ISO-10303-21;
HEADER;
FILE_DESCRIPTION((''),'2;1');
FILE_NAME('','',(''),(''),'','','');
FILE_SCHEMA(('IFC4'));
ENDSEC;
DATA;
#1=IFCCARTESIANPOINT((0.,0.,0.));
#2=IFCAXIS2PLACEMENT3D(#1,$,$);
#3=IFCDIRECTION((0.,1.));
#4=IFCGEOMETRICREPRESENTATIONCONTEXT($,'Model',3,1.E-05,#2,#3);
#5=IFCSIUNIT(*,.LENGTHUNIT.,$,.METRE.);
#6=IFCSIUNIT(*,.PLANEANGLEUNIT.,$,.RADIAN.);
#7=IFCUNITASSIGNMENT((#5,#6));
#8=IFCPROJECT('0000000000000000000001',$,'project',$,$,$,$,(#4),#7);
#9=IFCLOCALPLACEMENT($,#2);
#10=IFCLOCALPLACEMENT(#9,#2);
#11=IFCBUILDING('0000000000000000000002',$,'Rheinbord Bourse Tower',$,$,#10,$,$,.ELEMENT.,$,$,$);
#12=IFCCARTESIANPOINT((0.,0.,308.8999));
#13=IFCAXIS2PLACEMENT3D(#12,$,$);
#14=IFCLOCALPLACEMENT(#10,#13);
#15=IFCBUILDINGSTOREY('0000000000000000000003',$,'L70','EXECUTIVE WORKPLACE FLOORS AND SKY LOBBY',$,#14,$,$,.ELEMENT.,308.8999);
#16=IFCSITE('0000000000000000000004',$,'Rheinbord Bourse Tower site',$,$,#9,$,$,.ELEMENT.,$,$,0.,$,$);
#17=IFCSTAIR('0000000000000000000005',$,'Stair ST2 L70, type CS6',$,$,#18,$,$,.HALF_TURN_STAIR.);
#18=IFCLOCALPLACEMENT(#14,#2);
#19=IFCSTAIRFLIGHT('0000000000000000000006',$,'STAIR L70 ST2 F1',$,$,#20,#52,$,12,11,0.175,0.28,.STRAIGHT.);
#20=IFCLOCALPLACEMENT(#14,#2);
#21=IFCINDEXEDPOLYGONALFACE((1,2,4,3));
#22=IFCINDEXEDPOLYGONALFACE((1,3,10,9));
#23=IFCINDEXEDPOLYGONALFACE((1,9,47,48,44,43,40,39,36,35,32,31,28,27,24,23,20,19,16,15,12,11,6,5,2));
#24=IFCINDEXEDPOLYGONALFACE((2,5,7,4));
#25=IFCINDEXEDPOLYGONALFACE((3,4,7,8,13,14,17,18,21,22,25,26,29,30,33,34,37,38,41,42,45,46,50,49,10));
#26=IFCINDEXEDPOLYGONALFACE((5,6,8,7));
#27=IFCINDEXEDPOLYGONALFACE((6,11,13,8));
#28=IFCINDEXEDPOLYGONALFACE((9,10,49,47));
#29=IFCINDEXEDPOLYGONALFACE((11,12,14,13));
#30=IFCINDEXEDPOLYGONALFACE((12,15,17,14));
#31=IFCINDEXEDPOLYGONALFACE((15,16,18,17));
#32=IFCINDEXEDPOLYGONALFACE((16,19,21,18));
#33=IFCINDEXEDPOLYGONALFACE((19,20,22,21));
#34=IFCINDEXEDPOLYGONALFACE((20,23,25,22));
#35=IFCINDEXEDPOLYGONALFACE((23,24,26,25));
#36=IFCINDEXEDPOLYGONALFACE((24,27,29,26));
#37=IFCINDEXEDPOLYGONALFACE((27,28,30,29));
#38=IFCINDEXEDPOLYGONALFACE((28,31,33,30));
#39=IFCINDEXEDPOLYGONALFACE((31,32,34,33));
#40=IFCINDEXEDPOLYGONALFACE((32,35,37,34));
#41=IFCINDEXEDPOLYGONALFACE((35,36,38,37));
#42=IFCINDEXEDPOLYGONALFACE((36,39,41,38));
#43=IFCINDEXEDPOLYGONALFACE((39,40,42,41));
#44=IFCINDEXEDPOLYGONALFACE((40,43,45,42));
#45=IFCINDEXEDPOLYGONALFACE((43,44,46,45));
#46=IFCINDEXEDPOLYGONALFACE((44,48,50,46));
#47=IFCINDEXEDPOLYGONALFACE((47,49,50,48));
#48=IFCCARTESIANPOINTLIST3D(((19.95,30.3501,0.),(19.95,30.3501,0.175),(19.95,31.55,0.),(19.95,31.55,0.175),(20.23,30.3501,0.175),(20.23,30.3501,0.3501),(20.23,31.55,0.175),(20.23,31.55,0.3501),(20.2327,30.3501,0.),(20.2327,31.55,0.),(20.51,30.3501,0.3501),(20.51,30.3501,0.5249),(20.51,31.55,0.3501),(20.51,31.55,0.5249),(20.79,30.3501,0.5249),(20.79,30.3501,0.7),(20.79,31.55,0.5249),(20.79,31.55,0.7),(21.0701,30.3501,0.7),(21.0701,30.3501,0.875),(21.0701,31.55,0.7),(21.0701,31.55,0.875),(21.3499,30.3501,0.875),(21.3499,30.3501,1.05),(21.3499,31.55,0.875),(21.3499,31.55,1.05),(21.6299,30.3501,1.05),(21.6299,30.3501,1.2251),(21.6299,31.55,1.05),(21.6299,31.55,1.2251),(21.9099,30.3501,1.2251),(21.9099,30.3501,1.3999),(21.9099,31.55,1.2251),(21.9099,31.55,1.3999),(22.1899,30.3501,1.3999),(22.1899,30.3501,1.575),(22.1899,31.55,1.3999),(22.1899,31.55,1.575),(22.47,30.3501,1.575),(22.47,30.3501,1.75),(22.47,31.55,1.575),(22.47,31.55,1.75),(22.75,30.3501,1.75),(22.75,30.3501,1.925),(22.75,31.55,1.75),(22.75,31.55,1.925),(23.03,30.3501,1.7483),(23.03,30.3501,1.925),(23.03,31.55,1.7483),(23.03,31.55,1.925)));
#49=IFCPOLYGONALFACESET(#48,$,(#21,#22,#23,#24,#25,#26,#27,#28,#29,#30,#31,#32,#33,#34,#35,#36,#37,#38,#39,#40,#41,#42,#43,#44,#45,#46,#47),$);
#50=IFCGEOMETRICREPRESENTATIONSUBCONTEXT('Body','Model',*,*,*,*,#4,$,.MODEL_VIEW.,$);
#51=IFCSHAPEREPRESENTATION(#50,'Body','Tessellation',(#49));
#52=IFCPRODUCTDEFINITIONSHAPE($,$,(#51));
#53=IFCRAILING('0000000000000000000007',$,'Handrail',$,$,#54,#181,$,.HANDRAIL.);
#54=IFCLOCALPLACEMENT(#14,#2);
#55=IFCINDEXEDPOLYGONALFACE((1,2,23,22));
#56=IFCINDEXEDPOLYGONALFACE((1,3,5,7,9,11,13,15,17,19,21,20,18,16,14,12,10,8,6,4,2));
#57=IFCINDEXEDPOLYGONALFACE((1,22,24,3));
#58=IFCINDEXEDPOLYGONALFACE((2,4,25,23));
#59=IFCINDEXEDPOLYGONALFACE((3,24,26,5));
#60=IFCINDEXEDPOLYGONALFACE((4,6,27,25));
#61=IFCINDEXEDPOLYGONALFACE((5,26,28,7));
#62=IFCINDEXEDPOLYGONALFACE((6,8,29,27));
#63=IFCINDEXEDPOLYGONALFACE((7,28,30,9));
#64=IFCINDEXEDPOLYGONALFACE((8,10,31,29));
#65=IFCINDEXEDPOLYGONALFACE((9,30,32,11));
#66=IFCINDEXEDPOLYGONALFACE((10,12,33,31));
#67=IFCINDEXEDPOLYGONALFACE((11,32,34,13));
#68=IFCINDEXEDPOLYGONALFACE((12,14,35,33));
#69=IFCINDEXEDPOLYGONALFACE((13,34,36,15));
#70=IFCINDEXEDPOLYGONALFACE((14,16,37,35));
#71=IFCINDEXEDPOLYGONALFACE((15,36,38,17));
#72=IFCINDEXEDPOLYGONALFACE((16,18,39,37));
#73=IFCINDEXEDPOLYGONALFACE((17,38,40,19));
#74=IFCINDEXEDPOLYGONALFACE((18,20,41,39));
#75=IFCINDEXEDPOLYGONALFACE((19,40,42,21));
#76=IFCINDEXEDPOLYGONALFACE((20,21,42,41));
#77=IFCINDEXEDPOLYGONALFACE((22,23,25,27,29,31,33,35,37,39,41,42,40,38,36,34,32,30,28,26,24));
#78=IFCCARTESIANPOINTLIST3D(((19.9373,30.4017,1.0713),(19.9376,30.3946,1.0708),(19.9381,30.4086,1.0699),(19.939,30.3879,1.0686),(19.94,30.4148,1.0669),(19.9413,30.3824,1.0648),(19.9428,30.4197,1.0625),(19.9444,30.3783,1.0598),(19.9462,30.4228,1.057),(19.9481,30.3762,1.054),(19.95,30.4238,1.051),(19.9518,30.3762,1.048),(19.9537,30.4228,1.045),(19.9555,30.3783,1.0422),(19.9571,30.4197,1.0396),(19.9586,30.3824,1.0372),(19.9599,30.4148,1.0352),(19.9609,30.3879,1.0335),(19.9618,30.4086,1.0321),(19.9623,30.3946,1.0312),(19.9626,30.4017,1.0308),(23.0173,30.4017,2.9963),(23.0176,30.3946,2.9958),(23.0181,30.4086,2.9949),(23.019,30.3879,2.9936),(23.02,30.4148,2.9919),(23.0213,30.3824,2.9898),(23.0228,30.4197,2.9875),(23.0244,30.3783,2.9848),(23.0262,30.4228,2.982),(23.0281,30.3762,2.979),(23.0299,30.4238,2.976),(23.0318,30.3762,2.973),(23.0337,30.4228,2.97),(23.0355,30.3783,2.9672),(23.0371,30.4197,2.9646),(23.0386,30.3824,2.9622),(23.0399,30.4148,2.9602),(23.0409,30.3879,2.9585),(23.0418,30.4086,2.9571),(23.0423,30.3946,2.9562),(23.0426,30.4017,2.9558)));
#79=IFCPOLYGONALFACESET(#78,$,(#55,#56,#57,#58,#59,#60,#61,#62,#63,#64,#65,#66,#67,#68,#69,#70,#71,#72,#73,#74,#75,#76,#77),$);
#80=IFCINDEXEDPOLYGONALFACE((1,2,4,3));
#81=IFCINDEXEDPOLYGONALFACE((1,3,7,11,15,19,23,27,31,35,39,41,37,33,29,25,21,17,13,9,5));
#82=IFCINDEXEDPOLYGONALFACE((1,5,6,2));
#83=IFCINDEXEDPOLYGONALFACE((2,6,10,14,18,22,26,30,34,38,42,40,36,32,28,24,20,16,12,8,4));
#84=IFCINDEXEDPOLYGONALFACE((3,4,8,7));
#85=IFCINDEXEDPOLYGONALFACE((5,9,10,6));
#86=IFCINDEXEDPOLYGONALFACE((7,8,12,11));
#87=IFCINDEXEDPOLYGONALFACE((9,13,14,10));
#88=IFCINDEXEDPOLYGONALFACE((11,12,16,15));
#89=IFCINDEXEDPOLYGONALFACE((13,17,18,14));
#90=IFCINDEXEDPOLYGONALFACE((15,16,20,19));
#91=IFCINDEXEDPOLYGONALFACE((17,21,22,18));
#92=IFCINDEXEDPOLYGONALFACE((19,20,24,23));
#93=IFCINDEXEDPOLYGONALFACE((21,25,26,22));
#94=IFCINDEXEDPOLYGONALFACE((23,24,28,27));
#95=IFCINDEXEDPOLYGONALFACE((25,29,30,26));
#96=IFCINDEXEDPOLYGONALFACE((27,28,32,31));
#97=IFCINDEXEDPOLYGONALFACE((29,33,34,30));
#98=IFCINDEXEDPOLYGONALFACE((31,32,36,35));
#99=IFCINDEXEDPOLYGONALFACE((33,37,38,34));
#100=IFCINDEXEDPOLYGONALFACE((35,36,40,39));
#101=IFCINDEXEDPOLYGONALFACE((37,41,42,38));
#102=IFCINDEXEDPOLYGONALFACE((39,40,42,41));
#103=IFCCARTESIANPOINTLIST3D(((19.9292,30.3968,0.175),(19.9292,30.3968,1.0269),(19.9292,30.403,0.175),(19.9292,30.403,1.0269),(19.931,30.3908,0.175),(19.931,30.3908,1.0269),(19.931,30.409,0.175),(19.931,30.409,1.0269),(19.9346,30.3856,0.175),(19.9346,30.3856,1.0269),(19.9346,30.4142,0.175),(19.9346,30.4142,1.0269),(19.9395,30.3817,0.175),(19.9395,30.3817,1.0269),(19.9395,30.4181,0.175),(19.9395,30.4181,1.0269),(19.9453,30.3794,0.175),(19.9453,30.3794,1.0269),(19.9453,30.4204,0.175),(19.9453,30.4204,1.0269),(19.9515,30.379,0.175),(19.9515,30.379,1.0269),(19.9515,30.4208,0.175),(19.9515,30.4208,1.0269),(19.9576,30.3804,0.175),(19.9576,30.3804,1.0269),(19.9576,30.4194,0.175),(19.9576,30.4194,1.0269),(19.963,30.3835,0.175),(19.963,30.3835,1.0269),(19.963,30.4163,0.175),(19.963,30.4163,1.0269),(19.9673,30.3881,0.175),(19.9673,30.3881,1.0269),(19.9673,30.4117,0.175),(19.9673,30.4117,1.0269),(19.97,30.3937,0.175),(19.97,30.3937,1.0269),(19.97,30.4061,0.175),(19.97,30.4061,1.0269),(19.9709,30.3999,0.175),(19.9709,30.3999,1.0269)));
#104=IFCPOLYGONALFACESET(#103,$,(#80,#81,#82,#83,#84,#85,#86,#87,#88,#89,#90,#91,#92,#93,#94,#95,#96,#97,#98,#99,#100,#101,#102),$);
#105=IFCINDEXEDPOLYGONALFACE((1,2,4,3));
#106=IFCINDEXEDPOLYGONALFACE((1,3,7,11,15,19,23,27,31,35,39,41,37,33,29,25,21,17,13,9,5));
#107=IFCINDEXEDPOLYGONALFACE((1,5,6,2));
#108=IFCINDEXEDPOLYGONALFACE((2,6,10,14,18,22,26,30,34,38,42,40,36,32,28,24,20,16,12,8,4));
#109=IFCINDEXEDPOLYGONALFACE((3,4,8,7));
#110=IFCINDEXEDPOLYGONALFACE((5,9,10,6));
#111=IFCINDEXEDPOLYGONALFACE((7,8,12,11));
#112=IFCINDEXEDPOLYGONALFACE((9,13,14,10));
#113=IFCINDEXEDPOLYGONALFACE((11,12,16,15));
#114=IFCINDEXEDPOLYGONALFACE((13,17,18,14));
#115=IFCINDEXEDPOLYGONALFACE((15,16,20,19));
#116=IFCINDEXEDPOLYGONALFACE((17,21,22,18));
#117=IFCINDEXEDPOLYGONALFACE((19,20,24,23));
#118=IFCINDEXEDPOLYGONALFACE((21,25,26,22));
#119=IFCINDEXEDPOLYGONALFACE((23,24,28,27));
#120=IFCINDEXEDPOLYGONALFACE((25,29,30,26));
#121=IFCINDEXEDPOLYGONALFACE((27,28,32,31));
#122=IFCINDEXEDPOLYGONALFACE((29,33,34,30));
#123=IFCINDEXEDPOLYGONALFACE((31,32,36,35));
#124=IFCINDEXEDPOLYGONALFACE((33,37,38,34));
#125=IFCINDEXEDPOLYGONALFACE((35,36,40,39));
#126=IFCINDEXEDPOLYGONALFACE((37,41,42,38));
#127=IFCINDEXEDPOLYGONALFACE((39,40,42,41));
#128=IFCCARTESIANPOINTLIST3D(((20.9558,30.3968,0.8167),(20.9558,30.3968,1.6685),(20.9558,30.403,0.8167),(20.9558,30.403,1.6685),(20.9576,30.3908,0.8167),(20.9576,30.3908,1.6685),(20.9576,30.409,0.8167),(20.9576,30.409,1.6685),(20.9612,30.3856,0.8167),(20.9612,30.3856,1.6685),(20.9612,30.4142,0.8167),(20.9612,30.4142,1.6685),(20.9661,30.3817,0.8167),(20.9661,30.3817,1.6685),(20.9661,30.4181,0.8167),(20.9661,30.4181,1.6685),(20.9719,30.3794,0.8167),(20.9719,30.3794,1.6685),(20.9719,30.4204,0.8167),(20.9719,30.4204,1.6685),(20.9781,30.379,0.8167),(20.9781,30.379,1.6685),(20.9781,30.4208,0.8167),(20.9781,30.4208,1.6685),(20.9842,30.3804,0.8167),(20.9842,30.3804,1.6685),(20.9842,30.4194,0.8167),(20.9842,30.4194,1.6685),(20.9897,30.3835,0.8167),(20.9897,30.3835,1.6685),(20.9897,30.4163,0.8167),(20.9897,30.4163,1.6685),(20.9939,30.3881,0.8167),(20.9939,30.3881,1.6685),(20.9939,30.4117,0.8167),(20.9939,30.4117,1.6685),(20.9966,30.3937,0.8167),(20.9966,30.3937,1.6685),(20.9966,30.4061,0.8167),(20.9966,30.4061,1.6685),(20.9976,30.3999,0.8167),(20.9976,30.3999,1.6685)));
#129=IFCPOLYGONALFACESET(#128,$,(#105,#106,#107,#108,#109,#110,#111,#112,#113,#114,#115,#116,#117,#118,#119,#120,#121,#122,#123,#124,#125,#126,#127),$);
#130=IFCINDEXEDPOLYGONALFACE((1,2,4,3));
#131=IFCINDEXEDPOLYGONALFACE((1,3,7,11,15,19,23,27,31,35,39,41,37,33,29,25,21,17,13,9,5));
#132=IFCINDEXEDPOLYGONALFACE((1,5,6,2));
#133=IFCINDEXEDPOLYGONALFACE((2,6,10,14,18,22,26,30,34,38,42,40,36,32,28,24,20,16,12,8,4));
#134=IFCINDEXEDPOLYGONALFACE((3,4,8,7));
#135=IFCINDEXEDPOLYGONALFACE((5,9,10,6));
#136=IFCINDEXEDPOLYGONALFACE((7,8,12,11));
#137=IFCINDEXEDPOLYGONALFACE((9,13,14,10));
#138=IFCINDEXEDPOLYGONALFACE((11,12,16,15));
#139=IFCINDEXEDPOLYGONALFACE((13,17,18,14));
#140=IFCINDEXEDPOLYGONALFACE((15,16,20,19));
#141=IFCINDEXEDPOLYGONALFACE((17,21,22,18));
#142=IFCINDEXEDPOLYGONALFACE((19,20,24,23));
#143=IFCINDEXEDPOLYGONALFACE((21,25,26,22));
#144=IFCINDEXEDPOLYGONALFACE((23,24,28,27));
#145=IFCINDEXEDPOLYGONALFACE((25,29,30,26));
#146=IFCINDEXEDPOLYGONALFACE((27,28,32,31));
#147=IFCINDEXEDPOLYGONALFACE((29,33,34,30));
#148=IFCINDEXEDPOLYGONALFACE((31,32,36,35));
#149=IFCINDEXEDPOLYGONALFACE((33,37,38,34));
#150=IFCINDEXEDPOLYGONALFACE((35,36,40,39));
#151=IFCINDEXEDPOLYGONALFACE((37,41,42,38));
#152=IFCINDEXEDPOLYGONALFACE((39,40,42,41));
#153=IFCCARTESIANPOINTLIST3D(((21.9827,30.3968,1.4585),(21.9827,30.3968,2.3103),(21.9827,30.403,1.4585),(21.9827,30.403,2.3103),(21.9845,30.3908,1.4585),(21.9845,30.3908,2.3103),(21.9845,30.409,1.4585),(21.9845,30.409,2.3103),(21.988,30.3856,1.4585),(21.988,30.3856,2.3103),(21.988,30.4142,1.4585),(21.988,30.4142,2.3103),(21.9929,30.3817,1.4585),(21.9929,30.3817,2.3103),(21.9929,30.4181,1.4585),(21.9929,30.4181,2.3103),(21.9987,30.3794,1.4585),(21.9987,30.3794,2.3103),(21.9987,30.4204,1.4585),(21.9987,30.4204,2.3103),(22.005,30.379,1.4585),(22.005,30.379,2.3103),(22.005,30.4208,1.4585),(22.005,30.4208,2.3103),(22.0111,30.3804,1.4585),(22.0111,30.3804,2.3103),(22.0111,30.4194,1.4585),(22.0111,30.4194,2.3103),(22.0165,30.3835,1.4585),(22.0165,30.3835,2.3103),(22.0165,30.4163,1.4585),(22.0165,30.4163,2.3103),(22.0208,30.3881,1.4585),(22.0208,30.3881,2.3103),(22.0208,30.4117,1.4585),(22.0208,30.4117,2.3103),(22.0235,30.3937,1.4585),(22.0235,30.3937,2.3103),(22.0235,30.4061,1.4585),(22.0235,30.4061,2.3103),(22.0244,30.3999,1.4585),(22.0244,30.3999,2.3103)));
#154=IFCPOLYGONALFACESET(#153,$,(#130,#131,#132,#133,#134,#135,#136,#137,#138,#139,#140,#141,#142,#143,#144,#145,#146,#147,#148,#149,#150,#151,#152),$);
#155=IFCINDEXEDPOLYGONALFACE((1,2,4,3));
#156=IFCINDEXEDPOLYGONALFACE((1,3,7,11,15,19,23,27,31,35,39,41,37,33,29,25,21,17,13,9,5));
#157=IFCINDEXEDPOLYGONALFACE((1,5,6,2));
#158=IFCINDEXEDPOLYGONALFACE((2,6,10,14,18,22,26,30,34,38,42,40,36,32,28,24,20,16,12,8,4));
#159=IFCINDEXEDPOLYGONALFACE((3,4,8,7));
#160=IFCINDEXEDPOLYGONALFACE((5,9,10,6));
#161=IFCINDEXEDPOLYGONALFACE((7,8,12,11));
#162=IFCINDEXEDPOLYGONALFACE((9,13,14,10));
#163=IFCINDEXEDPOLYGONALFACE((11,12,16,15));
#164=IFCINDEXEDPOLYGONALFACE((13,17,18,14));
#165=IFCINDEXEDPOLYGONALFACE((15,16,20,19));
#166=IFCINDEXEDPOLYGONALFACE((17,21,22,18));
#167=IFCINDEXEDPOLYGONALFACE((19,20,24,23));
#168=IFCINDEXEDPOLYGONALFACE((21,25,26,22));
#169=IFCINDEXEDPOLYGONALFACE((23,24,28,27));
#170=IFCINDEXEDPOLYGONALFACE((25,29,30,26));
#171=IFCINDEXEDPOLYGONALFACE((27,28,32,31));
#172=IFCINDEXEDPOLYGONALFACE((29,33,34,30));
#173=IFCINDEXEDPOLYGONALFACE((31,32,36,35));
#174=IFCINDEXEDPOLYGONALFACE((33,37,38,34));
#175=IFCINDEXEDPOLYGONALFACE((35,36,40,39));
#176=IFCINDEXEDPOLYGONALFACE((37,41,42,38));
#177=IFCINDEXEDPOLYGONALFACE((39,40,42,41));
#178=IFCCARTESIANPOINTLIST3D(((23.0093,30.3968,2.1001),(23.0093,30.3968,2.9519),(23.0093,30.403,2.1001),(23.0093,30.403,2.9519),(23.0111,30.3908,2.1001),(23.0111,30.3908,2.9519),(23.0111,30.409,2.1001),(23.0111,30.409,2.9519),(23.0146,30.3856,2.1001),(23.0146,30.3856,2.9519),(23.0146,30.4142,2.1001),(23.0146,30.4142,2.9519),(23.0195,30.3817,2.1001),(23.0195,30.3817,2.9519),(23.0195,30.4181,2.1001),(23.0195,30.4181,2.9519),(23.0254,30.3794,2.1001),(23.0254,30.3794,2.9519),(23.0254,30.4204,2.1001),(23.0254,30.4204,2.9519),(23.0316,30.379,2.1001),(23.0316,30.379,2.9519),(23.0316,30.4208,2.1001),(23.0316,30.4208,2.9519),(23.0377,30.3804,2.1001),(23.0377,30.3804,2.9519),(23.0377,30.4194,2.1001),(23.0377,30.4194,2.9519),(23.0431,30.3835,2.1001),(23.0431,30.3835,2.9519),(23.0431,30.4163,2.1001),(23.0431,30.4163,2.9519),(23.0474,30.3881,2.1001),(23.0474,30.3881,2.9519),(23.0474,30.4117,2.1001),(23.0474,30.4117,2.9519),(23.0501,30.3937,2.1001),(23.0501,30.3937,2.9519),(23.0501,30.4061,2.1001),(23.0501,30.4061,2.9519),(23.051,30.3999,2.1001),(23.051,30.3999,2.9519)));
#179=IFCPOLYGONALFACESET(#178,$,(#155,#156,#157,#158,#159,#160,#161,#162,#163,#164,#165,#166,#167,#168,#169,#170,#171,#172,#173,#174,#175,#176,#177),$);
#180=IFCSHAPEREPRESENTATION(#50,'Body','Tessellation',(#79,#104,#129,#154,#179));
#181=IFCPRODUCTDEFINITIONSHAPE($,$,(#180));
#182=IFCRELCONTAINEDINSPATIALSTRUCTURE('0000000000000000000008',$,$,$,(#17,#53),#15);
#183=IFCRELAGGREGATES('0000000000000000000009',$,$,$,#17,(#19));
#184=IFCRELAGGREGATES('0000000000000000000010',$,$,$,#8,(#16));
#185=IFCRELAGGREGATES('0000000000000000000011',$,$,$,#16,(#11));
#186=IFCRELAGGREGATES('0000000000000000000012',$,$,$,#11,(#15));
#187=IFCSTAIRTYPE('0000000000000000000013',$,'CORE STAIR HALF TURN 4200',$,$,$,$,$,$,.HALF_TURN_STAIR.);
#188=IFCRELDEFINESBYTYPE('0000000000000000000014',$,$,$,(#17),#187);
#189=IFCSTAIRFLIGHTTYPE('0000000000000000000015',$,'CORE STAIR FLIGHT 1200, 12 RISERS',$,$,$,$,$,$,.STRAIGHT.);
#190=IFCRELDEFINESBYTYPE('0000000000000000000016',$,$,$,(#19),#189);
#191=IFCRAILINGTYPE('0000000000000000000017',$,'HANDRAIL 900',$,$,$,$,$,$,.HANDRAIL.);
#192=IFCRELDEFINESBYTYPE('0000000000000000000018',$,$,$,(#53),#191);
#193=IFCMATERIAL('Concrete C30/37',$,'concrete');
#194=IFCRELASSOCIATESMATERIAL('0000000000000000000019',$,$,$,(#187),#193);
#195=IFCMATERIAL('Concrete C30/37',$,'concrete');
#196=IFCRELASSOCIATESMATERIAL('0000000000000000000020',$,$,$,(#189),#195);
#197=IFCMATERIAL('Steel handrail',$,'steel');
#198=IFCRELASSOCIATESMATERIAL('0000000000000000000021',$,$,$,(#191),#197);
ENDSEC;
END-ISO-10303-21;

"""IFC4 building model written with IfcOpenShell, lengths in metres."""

from ifc_helpers import new_model, si_unit, direction, frame, origin, origin_2d, place, context, subcontext, project, spatial, polyline, circle, outline, extrude, material, type_object, element, aggregate, save


model = new_model("IFC4")

# Units and contexts
model_context = context("Model", 3, precision=1e-05, world=origin(), true_north=direction((0.0, 1.0)))
body_context = subcontext(model_context, "Body", "Model", "MODEL_VIEW")
ifc_project = project(units=[si_unit("LENGTHUNIT", "METRE"), si_unit("PLANEANGLEUNIT", "RADIAN")], contexts=[model_context])

# Site, building, storey
site_placement = place(None, origin())
site = spatial("IfcSite", under=ifc_project, at=site_placement, Name="Rheinbord Bourse Tower site", CompositionType="ELEMENT", RefElevation=0.0)
building_placement = place(site_placement, origin())
building = spatial("IfcBuilding", under=site, at=building_placement, Name="Rheinbord Bourse Tower", CompositionType="ELEMENT")
storey_placement = place(building_placement, frame((0.0, 0.0, 308.8999)))
storey = spatial("IfcBuildingStorey", under=building, at=storey_placement, Name="L70", Description="EXECUTIVE WORKPLACE FLOORS AND SKY LOBBY", CompositionType="ELEMENT", Elevation=308.8999)

# Stair, stair flight
ifc_material_1 = material(Name="Concrete C30/37", Category="concrete")
stair_type = type_object("IfcStairType", Name="CORE STAIR HALF TURN 4200", PredefinedType="HALF_TURN_STAIR", material=ifc_material_1)
stair_placement = place(storey_placement, origin())
stair = element("IfcStair", 1, at=stair_placement, inside=storey, type_object=stair_type, Name="Stair ST2 L70, type CS6", PredefinedType="HALF_TURN_STAIR")
ifc_material_2 = material(Name="Concrete C30/37", Category="concrete")
stair_flight_type = type_object("IfcStairFlightType", Name="CORE STAIR FLIGHT 1200, 12 RISERS", PredefinedType="STRAIGHT", material=ifc_material_2)
stair_flight_placement = place(storey_placement, frame((19.95, 30.95, 0.0), z_axis=(0.0, 0.0, 1.0), x_axis=(1.0, 0.0, 0.0)))
stair_flight = element("IfcStairFlight", 2, at=stair_flight_placement, type_object=stair_flight_type, Name="STAIR L70 ST2 F1", NumberOfRisers=12, NumberOfTreads=11, PredefinedType="STRAIGHT", RiserHeight=0.175, TreadLength=0.28, context=body_context, shape_type="SweptSolid", body=[
    extrude(outline(polyline([(0.0, 0.0), (0.0, 0.175), (0.28, 0.175), (0.28, 0.3501), (0.5601, 0.3501), (0.5601, 0.5249), (0.8401, 0.5249), (0.8401, 0.7), (1.1201, 0.7), (1.1201, 0.875), (1.3999, 0.875), (1.3999, 1.05), (1.6799, 1.05), (1.6799, 1.2251), (1.96, 1.2251), (1.96, 1.3999), (2.24, 1.3999), (2.24, 1.575), (2.52, 1.575), (2.52, 1.75), (2.8, 1.75), (2.8, 1.925), (3.0801, 1.925), (3.0801, 2.1001), (3.0801, 1.7483), (0.2827, 0.0), (0.0, 0.0)])), frame((0.0, 0.6001, 0.0), z_axis=(0.0, -1.0, 0.0), x_axis=(1.0, 0.0, 0.0)), (0.0, 0.0, 1.0), 1.2),
])
aggregate(stair, [stair_flight])

# Railing
ifc_material_3 = material(Name="Steel handrail", Category="steel")
railing_type = type_object("IfcRailingType", Name="HANDRAIL 900", PredefinedType="HANDRAIL", material=ifc_material_3)
railing_placement = place(storey_placement, frame((19.95, 30.3999, 0.175)))
element("IfcRailing", 3, at=railing_placement, inside=storey, type_object=railing_type, Name="Handrail", PredefinedType="HANDRAIL", context=body_context, shape_type="SweptSolid", body=[
    extrude(circle(Radius=0.0239, at=origin_2d()), frame((0.0, 0.0, 0.876), z_axis=(0.847998, 0.0, 0.529999), x_axis=(0.0, 1.0, 0.0)), (0.0, 0.0, 1.0), 3.6321),
    extrude(circle(Radius=0.021, at=origin_2d()), origin(), (0.0, 0.0, 1.0), 0.8518),
    extrude(circle(Radius=0.021, at=origin_2d()), frame((1.0266, 0.0, 0.6416)), (0.0, 0.0, 1.0), 0.8518),
    extrude(circle(Radius=0.021, at=origin_2d()), frame((2.0535, 0.0, 1.2834)), (0.0, 0.0, 1.0), 0.8518),
    extrude(circle(Radius=0.021, at=origin_2d()), frame((3.0801, 0.0, 1.925)), (0.0, 0.0, 1.0), 0.8518),
])

save(model, "model.ifc")
